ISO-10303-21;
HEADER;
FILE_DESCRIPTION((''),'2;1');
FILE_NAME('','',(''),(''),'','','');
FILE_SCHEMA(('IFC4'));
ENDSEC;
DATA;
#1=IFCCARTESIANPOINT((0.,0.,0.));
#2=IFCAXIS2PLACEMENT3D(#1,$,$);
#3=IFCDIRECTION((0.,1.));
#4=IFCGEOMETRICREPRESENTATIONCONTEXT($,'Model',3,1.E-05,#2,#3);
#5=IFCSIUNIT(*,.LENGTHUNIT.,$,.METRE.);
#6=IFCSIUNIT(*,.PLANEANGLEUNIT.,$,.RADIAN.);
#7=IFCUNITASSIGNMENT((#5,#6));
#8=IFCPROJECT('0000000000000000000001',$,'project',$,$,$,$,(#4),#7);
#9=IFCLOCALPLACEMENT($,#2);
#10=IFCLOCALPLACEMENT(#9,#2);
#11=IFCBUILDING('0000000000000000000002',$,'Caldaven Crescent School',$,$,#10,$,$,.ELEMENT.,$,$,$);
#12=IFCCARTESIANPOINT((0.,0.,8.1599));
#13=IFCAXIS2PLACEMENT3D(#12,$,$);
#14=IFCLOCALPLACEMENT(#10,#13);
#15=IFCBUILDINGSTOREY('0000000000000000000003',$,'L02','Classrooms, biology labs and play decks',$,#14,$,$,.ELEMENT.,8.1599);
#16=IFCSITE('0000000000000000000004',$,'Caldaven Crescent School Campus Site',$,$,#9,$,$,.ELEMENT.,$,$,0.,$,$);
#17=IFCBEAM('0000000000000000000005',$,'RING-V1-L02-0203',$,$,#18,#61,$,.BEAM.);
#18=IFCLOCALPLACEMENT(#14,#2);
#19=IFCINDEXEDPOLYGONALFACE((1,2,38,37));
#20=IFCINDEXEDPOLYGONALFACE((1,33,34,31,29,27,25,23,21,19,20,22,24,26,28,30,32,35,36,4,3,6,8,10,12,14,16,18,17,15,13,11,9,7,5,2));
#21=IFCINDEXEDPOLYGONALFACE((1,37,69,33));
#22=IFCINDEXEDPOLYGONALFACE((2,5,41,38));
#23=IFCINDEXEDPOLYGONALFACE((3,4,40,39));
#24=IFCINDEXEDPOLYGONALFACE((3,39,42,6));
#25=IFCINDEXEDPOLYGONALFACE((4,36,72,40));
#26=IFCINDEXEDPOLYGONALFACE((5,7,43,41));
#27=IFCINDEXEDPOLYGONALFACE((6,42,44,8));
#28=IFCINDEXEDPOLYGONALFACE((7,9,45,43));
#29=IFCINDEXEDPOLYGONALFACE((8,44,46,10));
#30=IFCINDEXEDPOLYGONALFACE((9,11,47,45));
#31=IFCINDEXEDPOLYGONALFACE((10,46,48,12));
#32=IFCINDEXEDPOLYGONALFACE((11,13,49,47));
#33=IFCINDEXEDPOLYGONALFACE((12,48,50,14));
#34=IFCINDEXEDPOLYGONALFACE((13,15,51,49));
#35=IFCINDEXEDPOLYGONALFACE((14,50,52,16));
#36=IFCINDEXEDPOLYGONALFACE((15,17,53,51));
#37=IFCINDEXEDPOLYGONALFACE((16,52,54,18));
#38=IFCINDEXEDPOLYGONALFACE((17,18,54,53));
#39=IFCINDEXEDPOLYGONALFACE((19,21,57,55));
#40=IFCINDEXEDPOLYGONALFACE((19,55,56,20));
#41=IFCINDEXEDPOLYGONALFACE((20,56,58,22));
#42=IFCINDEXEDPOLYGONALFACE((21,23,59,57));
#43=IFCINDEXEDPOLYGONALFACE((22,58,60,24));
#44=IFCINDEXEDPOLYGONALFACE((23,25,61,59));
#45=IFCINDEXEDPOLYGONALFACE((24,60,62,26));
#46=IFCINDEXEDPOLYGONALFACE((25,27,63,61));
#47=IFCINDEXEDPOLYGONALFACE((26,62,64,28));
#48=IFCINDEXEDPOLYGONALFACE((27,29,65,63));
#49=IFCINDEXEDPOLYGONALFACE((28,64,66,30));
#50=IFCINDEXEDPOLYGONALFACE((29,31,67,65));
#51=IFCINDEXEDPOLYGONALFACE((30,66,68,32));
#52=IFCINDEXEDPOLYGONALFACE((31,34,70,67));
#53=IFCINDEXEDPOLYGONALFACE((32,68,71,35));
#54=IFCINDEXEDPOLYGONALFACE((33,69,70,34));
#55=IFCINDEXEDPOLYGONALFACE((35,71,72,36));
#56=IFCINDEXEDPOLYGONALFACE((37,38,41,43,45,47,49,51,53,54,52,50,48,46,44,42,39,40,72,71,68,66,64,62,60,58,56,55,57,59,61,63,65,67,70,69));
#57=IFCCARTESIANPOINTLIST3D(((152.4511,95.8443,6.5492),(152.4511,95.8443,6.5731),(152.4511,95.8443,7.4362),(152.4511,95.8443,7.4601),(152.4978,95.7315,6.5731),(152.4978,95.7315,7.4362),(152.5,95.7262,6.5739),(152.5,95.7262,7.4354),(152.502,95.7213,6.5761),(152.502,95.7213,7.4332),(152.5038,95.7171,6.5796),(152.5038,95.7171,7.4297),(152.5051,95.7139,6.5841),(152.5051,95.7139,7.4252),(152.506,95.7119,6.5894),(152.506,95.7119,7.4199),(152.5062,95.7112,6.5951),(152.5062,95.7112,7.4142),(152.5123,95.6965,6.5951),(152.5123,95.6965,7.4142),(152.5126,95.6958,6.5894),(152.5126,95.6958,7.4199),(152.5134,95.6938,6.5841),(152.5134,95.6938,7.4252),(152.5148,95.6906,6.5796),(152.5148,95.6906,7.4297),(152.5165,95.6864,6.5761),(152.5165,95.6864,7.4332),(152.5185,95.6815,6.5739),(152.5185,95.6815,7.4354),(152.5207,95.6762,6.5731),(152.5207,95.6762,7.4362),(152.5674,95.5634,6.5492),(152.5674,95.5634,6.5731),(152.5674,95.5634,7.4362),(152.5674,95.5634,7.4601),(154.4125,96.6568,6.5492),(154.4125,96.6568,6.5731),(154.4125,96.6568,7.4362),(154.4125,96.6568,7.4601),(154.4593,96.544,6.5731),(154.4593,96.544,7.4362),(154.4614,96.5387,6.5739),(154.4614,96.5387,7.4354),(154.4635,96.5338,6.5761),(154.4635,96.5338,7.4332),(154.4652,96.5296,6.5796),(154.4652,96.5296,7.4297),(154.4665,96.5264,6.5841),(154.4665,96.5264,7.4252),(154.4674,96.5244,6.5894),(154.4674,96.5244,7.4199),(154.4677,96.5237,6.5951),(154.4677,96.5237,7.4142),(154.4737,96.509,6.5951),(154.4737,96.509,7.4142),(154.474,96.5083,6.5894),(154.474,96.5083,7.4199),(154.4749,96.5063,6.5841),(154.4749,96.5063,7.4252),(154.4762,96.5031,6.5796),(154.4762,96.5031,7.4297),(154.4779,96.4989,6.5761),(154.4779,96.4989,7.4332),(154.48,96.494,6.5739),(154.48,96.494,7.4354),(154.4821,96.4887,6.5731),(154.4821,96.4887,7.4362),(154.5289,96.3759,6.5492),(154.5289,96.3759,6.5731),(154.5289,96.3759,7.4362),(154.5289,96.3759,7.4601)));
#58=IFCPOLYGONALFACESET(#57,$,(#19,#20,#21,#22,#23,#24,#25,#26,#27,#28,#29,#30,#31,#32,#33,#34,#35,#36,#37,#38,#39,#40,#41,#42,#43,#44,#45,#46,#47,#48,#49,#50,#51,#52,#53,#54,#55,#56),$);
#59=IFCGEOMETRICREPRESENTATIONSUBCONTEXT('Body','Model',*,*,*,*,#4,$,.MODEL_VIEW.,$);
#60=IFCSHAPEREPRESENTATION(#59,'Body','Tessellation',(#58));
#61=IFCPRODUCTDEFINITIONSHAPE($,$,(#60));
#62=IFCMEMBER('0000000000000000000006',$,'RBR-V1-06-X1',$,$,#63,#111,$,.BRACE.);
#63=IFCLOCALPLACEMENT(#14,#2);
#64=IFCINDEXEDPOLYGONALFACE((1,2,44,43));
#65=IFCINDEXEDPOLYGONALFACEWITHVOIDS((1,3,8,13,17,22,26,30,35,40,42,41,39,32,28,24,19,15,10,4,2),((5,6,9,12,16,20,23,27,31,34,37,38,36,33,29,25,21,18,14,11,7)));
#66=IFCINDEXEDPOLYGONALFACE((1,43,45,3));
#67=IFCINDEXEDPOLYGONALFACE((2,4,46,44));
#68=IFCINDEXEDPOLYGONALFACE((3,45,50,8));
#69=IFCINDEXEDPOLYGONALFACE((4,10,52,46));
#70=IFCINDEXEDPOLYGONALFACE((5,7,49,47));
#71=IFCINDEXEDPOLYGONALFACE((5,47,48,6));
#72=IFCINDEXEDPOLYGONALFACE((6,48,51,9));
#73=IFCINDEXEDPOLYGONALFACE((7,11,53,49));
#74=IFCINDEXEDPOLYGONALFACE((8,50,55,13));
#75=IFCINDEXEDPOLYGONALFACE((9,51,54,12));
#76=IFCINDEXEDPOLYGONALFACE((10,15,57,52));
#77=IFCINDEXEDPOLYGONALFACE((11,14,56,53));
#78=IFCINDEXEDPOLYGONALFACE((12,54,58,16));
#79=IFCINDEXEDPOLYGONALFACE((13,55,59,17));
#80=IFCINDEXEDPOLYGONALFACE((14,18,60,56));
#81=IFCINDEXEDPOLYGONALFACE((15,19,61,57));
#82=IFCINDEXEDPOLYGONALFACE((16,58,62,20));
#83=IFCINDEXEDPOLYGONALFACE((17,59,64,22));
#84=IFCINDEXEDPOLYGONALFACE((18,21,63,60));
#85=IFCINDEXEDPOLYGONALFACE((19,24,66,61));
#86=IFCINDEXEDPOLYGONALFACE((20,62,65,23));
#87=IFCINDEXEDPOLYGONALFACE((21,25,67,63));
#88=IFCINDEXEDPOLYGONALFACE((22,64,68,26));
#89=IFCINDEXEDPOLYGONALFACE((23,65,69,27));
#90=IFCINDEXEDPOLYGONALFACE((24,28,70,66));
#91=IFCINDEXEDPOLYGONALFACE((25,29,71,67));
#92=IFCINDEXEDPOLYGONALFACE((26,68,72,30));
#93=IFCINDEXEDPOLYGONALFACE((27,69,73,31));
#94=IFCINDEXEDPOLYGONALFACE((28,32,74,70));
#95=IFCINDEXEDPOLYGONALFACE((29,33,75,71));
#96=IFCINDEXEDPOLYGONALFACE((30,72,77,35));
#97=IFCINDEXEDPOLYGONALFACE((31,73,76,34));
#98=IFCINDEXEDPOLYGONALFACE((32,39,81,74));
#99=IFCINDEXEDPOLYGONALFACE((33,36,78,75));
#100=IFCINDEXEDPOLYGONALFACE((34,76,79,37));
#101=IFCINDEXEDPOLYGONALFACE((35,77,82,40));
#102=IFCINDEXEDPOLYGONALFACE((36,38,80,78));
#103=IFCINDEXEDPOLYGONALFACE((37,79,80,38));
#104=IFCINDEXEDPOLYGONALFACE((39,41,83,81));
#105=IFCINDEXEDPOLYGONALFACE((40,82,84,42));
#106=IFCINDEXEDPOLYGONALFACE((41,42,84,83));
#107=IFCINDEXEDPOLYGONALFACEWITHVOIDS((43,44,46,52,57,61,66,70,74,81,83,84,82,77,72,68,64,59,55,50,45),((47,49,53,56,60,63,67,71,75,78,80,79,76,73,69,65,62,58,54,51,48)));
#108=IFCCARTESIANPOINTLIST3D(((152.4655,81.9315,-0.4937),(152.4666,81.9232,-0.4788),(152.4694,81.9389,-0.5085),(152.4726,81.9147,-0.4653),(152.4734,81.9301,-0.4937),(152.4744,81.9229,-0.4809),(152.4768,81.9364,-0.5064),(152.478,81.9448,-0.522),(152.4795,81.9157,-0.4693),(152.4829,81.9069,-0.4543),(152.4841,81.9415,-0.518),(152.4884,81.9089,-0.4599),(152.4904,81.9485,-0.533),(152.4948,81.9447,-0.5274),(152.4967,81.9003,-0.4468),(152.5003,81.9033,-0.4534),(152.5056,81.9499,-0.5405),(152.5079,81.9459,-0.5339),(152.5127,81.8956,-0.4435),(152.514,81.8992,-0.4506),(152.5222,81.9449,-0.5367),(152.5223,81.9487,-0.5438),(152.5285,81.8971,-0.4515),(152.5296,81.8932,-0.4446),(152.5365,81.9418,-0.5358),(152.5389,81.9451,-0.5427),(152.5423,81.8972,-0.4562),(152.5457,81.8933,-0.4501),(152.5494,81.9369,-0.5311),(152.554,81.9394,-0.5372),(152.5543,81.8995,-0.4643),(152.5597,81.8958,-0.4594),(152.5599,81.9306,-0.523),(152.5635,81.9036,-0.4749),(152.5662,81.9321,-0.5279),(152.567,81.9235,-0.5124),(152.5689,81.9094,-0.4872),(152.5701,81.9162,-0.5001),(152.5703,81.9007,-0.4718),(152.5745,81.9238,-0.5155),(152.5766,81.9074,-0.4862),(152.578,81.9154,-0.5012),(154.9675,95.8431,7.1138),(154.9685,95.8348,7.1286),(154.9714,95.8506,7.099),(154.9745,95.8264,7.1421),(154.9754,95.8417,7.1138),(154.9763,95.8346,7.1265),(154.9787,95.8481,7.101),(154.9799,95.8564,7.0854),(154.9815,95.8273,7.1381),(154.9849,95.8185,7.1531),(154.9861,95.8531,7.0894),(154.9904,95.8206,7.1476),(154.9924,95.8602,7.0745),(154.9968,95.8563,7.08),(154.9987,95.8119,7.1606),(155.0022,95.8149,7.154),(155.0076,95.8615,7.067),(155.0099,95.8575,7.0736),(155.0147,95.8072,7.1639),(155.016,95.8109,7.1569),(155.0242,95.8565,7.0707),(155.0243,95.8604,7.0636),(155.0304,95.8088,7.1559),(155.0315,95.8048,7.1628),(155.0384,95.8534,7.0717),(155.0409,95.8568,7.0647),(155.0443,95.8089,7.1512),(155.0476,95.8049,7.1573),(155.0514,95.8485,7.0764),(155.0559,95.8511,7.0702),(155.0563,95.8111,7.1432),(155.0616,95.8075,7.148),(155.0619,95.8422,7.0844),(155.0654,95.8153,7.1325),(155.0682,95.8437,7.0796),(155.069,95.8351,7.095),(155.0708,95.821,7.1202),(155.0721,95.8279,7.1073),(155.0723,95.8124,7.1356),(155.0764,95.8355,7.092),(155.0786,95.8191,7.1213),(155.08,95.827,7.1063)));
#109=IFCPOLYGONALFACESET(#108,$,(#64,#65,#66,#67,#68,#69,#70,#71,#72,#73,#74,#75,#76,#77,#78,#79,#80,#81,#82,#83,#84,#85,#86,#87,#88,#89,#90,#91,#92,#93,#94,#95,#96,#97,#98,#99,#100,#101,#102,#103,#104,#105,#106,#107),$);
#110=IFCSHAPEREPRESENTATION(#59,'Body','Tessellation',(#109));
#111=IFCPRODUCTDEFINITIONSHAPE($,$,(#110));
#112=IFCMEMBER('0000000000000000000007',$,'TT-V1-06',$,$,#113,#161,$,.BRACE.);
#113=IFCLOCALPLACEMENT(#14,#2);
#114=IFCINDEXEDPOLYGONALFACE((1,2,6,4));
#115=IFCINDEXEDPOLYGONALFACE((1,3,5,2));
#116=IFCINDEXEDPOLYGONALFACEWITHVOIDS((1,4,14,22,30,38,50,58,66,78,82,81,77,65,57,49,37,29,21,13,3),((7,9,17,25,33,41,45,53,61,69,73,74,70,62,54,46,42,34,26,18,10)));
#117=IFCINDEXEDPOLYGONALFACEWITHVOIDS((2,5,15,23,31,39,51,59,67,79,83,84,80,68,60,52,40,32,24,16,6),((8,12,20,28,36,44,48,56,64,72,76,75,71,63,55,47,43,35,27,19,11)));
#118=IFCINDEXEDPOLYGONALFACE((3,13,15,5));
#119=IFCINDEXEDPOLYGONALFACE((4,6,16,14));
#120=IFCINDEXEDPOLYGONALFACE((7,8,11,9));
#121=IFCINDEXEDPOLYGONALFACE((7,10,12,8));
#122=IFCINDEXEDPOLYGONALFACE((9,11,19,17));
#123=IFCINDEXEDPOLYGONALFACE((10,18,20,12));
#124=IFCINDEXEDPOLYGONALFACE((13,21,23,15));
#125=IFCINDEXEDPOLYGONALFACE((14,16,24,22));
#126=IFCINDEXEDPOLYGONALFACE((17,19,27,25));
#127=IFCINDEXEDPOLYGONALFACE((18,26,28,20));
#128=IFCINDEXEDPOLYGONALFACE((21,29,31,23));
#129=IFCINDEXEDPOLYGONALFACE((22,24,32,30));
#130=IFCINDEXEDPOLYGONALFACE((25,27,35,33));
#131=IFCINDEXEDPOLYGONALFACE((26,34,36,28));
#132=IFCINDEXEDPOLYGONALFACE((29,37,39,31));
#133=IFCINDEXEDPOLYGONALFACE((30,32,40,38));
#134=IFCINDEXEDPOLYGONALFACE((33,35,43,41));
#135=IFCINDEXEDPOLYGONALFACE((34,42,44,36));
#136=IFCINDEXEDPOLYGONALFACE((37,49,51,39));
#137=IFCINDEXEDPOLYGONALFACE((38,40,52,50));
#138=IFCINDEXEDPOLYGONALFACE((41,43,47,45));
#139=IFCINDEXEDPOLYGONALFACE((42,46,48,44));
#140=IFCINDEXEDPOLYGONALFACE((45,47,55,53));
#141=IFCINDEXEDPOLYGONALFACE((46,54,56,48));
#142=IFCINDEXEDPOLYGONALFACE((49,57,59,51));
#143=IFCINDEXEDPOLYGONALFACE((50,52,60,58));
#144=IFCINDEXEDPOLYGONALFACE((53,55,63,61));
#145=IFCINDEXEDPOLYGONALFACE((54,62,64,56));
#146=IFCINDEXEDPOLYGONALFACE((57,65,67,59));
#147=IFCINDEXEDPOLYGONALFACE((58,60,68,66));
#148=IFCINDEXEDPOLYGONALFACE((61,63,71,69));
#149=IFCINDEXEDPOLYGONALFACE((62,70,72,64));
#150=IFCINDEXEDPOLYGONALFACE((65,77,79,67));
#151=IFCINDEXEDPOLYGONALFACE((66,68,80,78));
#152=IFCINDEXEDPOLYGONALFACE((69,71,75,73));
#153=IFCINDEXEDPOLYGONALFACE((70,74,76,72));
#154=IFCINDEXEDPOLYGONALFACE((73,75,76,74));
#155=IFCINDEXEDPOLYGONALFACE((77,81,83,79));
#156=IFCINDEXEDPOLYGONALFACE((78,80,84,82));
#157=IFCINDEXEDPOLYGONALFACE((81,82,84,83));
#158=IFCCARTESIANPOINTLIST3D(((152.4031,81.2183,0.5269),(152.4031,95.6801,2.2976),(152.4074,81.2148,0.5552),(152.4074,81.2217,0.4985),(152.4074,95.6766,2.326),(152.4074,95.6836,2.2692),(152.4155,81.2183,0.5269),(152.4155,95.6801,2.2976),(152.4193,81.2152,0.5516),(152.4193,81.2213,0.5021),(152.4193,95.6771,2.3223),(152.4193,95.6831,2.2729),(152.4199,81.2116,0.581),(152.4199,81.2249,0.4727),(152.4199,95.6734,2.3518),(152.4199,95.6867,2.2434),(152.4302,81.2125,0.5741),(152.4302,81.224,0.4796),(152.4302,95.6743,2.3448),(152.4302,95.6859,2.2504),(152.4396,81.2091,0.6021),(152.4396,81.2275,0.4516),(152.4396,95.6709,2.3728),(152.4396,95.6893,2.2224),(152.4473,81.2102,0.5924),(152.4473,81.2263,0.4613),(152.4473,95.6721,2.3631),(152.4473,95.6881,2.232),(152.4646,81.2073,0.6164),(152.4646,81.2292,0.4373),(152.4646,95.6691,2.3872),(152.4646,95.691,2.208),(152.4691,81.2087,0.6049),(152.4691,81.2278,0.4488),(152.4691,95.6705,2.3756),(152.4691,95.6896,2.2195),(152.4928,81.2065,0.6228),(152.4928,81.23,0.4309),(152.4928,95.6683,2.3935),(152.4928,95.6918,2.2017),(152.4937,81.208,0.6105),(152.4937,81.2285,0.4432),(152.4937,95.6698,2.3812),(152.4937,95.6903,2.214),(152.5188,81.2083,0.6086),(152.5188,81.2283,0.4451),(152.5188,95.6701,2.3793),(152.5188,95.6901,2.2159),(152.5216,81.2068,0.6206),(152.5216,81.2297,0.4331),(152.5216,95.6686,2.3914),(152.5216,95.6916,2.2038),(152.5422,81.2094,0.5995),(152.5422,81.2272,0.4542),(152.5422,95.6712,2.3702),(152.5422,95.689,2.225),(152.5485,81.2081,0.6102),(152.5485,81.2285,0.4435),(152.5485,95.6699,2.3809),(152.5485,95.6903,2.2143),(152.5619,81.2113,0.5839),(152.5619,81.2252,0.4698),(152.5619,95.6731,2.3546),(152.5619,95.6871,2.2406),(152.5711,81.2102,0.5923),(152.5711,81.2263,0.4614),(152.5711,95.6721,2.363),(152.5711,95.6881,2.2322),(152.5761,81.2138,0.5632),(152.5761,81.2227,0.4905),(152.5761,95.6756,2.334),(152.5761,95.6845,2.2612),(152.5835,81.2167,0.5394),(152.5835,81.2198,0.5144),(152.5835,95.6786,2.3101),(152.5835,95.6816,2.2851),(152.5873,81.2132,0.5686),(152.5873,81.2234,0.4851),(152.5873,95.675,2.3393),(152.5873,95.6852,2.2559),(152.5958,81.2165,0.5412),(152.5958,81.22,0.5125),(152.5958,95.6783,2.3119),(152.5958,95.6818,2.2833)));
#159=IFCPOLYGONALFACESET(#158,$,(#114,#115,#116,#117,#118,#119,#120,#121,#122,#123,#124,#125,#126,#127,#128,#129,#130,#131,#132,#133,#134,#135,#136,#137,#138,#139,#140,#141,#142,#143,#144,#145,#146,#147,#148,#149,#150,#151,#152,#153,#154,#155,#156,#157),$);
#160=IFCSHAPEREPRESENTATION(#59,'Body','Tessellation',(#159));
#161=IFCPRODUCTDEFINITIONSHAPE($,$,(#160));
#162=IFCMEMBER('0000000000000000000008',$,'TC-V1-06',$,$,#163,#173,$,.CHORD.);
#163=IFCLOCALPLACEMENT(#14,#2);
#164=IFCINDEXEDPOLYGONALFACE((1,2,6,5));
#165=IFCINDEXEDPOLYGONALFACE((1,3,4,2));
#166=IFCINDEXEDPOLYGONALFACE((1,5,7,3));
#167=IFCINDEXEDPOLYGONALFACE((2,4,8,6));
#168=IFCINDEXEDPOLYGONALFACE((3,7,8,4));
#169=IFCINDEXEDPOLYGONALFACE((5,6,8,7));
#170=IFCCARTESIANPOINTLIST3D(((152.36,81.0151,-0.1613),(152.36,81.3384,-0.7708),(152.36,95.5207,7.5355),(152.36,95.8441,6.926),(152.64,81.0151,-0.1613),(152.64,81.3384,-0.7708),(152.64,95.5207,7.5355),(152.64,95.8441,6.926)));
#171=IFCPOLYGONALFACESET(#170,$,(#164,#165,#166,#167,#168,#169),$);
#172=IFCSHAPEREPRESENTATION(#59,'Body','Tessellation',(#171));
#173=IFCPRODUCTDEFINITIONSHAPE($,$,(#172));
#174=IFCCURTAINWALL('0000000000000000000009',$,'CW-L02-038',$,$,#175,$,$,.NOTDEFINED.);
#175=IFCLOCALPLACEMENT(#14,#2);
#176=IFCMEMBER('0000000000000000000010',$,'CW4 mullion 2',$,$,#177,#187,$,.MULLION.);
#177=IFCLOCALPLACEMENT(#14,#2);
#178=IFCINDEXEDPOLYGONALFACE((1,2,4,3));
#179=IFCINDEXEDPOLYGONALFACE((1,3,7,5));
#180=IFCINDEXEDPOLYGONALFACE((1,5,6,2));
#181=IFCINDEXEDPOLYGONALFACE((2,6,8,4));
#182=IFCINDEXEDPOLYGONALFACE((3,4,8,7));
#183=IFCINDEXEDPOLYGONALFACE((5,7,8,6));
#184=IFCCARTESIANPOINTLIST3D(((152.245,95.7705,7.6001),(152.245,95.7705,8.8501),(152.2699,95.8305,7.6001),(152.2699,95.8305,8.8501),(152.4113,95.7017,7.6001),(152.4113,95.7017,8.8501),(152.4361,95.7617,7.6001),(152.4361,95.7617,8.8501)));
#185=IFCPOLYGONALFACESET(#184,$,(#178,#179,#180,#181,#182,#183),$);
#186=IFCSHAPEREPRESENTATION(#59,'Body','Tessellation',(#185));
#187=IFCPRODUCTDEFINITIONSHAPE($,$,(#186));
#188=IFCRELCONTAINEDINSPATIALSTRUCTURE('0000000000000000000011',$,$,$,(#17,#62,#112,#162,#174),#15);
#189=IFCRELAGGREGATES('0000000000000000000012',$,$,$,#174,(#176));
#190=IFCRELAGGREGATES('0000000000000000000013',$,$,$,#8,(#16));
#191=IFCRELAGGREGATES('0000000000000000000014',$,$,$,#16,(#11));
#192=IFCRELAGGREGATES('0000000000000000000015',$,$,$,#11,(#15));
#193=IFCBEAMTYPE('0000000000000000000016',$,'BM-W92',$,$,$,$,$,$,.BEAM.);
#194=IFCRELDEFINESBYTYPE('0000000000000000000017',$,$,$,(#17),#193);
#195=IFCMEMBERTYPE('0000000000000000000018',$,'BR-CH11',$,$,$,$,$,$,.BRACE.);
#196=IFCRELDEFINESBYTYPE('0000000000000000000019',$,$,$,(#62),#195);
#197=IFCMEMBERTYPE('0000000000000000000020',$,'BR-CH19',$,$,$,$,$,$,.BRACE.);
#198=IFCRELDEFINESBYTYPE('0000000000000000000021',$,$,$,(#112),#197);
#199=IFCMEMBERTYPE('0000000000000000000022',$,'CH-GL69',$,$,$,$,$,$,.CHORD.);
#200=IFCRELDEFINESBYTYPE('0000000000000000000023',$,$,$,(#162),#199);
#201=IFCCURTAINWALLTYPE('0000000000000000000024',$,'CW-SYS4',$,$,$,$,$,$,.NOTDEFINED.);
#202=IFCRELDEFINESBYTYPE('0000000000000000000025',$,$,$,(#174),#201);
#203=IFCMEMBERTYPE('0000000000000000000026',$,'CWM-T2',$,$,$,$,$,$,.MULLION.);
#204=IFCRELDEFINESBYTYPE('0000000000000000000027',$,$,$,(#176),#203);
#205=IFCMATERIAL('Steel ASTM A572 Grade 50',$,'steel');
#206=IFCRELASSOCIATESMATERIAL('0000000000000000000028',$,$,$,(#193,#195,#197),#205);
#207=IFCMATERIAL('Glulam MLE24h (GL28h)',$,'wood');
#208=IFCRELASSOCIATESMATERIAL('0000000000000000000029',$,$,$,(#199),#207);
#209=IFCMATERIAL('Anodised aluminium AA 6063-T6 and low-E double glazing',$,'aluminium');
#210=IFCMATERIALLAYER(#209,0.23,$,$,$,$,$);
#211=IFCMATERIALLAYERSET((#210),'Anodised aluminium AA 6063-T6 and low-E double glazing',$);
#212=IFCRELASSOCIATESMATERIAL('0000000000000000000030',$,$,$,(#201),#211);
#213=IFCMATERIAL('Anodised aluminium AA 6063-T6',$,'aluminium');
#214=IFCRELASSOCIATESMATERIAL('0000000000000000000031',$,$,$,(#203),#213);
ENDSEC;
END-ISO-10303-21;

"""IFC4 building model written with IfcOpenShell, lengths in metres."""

from ifc_helpers import new_model, si_unit, direction, frame, origin, origin_2d, place, context, subcontext, project, spatial, rectangle, hollow_circle, i_section, extrude, material, layer, layer_set, material_profile, profile_set, type_object, element, aggregate, save


model = new_model("IFC4")

# Units and contexts
model_context = context("Model", 3, precision=1e-05, world=origin(), true_north=direction((0.0, 1.0)))
body_context = subcontext(model_context, "Body", "Model", "MODEL_VIEW")
ifc_project = project(units=[si_unit("LENGTHUNIT", "METRE"), si_unit("PLANEANGLEUNIT", "RADIAN")], contexts=[model_context])

# Site, building, storey
site_placement = place(None, origin())
site = spatial("IfcSite", under=ifc_project, at=site_placement, Name="Caldaven Crescent School Campus Site", CompositionType="ELEMENT", RefElevation=0.0)
building_placement = place(site_placement, origin())
building = spatial("IfcBuilding", under=site, at=building_placement, Name="Caldaven Crescent School", CompositionType="ELEMENT")
storey_placement = place(building_placement, frame((0.0, 0.0, 8.1599)))
storey = spatial("IfcBuildingStorey", under=building, at=storey_placement, Name="L02", Description="Classrooms, biology labs and play decks", CompositionType="ELEMENT", Elevation=8.1599)

# Shared definitions
ifc_material_1 = material(Name="Steel ASTM A572 Grade 50", Category="steel")

# Beam
ifc_material_2 = material(Name="Glulam MLE24h (GL28h)", Category="wood")
ifc_material_profile_1 = material_profile(ifc_material_1, i_section(OverallWidth=0.304, OverallDepth=0.9109, WebThickness=0.0159, FlangeThickness=0.0239, FilletRadius=0.022, at=origin_2d()), Name="W920x223")
ifc_profile_set_1 = profile_set([ifc_material_profile_1], Name="Steel ASTM A572 Grade 50")
beam_type_1 = type_object("IfcBeamType", Name="BM-W92", PredefinedType="BEAM", material=ifc_profile_set_1)
beam_1_placement = place(storey_placement, frame((152.5093, 95.7039, 7.0046), z_axis=(0.923871, 0.382704, 0.0), x_axis=(-0.382704, 0.923871, 0.0)))
element("IfcBeam", 1, at=beam_1_placement, inside=storey, type_object=beam_type_1, Name="RING-V1-L02-0203", PredefinedType="BEAM", context=body_context, shape_type="SweptSolid", body=[
    extrude(i_section(OverallWidth=0.304, OverallDepth=0.9109, WebThickness=0.0159, FlangeThickness=0.0239, FilletRadius=0.022, at=origin_2d()), origin(), (0.0, 0.0, 1.0), 2.123),
])

# Members
ifc_material_profile_2 = material_profile(ifc_material_1, hollow_circle(Radius=0.0571, WallThickness=0.0081, at=origin_2d()), Name="CHS 114.3x8.0")
ifc_profile_set_2 = profile_set([ifc_material_profile_2], Name="Steel ASTM A572 Grade 50")
member_type_1 = type_object("IfcMemberType", Name="BR-CH11", PredefinedType="BRACE", material=ifc_profile_set_2)
member_1_placement = place(storey_placement, frame((152.5217, 81.9214, -0.4937), z_axis=(0.155866, 0.866661, 0.473924), x_axis=(-0.98421, 0.177006, 0.0)))
element("IfcMember", 2, at=member_1_placement, inside=storey, type_object=member_type_1, Name="RBR-V1-06-X1", PredefinedType="BRACE", context=body_context, shape_type="SweptSolid", body=[
    extrude(hollow_circle(Radius=0.0571, WallThickness=0.0081, at=origin_2d()), origin(), (0.0, 0.0, 1.0), 16.052),
])
ifc_material_profile_3 = material_profile(ifc_material_1, hollow_circle(Radius=0.0969, WallThickness=0.0125, at=origin_2d()), Name="CHS 193.7x12.5")
ifc_profile_set_3 = profile_set([ifc_material_profile_3], Name="Steel ASTM A572 Grade 50")
member_type_2 = type_object("IfcMemberType", Name="BR-CH19", PredefinedType="BRACE", material=ifc_profile_set_3)
member_2_placement = place(storey_placement, frame((152.5, 81.2183, 0.5269), z_axis=(0.0, 0.992587, 0.121535), x_axis=(-1.0, 0.0, 0.0)))
element("IfcMember", 3, at=member_2_placement, inside=storey, type_object=member_type_2, Name="TT-V1-06", PredefinedType="BRACE", context=body_context, shape_type="SweptSolid", body=[
    extrude(hollow_circle(Radius=0.0969, WallThickness=0.0125, at=origin_2d()), origin(), (0.0, 0.0, 1.0), 14.5698),
])
ifc_material_profile_4 = material_profile(ifc_material_2, rectangle(XDim=0.28, YDim=0.6899, at=origin_2d()), Name="MLE 280x690")
ifc_profile_set_4 = profile_set([ifc_material_profile_4], Name="Glulam MLE24h (GL28h)")
member_type_3 = type_object("IfcMemberType", Name="CH-GL69", PredefinedType="CHORD", material=ifc_profile_set_4)
member_3_placement = place(storey_placement, frame((152.5, 81.1768, -0.4661), z_axis=(0.0, 0.883351, 0.468712), x_axis=(-1.0, 0.0, 0.0)))
element("IfcMember", 4, at=member_3_placement, inside=storey, type_object=member_type_3, Name="TC-V1-06", PredefinedType="CHORD", context=body_context, shape_type="SweptSolid", body=[
    extrude(rectangle(XDim=0.28, YDim=0.6899, at=origin_2d()), origin(), (0.0, 0.0, 1.0), 16.4211),
])

# Curtain wall, member
ifc_material_3 = material(Name="Anodised aluminium AA 6063-T6 and low-E double glazing", Category="aluminium")
ifc_layer_1 = layer(ifc_material_3, 0.23)
ifc_layer_set_1 = layer_set([ifc_layer_1], Name="Anodised aluminium AA 6063-T6 and low-E double glazing")
curtain_wall_type = type_object("IfcCurtainWallType", Name="CW-SYS4", PredefinedType="NOTDEFINED", material=ifc_layer_set_1)
curtain_wall_placement = place(storey_placement, origin())
curtain_wall = element("IfcCurtainWall", 5, at=curtain_wall_placement, inside=storey, type_object=curtain_wall_type, Name="CW-L02-038", PredefinedType="NOTDEFINED")
ifc_material_4 = material(Name="Anodised aluminium AA 6063-T6", Category="aluminium")
ifc_material_profile_5 = material_profile(ifc_material_4, rectangle(XDim=0.0649, YDim=0.1799, at=origin_2d()), Name="CWM 65x180")
ifc_profile_set_5 = profile_set([ifc_material_profile_5], Name="Anodised aluminium AA 6063-T6")
member_type_4 = type_object("IfcMemberType", Name="CWM-T2", PredefinedType="MULLION", material=ifc_profile_set_5)
member_4_placement = place(storey_placement, frame((152.3406, 95.7661, 7.6001), z_axis=(0.0, 0.0, 1.0), x_axis=(0.382682, 0.92388, 0.0)))
member_4 = element("IfcMember", 6, at=member_4_placement, type_object=member_type_4, Name="CW4 mullion 2", PredefinedType="MULLION", context=body_context, shape_type="SweptSolid", body=[
    extrude(rectangle(XDim=0.0649, YDim=0.1799, at=origin_2d()), origin(), (0.0, 0.0, 1.0), 1.25),
])

aggregate(curtain_wall, [member_4])

save(model, "model.ifc")
